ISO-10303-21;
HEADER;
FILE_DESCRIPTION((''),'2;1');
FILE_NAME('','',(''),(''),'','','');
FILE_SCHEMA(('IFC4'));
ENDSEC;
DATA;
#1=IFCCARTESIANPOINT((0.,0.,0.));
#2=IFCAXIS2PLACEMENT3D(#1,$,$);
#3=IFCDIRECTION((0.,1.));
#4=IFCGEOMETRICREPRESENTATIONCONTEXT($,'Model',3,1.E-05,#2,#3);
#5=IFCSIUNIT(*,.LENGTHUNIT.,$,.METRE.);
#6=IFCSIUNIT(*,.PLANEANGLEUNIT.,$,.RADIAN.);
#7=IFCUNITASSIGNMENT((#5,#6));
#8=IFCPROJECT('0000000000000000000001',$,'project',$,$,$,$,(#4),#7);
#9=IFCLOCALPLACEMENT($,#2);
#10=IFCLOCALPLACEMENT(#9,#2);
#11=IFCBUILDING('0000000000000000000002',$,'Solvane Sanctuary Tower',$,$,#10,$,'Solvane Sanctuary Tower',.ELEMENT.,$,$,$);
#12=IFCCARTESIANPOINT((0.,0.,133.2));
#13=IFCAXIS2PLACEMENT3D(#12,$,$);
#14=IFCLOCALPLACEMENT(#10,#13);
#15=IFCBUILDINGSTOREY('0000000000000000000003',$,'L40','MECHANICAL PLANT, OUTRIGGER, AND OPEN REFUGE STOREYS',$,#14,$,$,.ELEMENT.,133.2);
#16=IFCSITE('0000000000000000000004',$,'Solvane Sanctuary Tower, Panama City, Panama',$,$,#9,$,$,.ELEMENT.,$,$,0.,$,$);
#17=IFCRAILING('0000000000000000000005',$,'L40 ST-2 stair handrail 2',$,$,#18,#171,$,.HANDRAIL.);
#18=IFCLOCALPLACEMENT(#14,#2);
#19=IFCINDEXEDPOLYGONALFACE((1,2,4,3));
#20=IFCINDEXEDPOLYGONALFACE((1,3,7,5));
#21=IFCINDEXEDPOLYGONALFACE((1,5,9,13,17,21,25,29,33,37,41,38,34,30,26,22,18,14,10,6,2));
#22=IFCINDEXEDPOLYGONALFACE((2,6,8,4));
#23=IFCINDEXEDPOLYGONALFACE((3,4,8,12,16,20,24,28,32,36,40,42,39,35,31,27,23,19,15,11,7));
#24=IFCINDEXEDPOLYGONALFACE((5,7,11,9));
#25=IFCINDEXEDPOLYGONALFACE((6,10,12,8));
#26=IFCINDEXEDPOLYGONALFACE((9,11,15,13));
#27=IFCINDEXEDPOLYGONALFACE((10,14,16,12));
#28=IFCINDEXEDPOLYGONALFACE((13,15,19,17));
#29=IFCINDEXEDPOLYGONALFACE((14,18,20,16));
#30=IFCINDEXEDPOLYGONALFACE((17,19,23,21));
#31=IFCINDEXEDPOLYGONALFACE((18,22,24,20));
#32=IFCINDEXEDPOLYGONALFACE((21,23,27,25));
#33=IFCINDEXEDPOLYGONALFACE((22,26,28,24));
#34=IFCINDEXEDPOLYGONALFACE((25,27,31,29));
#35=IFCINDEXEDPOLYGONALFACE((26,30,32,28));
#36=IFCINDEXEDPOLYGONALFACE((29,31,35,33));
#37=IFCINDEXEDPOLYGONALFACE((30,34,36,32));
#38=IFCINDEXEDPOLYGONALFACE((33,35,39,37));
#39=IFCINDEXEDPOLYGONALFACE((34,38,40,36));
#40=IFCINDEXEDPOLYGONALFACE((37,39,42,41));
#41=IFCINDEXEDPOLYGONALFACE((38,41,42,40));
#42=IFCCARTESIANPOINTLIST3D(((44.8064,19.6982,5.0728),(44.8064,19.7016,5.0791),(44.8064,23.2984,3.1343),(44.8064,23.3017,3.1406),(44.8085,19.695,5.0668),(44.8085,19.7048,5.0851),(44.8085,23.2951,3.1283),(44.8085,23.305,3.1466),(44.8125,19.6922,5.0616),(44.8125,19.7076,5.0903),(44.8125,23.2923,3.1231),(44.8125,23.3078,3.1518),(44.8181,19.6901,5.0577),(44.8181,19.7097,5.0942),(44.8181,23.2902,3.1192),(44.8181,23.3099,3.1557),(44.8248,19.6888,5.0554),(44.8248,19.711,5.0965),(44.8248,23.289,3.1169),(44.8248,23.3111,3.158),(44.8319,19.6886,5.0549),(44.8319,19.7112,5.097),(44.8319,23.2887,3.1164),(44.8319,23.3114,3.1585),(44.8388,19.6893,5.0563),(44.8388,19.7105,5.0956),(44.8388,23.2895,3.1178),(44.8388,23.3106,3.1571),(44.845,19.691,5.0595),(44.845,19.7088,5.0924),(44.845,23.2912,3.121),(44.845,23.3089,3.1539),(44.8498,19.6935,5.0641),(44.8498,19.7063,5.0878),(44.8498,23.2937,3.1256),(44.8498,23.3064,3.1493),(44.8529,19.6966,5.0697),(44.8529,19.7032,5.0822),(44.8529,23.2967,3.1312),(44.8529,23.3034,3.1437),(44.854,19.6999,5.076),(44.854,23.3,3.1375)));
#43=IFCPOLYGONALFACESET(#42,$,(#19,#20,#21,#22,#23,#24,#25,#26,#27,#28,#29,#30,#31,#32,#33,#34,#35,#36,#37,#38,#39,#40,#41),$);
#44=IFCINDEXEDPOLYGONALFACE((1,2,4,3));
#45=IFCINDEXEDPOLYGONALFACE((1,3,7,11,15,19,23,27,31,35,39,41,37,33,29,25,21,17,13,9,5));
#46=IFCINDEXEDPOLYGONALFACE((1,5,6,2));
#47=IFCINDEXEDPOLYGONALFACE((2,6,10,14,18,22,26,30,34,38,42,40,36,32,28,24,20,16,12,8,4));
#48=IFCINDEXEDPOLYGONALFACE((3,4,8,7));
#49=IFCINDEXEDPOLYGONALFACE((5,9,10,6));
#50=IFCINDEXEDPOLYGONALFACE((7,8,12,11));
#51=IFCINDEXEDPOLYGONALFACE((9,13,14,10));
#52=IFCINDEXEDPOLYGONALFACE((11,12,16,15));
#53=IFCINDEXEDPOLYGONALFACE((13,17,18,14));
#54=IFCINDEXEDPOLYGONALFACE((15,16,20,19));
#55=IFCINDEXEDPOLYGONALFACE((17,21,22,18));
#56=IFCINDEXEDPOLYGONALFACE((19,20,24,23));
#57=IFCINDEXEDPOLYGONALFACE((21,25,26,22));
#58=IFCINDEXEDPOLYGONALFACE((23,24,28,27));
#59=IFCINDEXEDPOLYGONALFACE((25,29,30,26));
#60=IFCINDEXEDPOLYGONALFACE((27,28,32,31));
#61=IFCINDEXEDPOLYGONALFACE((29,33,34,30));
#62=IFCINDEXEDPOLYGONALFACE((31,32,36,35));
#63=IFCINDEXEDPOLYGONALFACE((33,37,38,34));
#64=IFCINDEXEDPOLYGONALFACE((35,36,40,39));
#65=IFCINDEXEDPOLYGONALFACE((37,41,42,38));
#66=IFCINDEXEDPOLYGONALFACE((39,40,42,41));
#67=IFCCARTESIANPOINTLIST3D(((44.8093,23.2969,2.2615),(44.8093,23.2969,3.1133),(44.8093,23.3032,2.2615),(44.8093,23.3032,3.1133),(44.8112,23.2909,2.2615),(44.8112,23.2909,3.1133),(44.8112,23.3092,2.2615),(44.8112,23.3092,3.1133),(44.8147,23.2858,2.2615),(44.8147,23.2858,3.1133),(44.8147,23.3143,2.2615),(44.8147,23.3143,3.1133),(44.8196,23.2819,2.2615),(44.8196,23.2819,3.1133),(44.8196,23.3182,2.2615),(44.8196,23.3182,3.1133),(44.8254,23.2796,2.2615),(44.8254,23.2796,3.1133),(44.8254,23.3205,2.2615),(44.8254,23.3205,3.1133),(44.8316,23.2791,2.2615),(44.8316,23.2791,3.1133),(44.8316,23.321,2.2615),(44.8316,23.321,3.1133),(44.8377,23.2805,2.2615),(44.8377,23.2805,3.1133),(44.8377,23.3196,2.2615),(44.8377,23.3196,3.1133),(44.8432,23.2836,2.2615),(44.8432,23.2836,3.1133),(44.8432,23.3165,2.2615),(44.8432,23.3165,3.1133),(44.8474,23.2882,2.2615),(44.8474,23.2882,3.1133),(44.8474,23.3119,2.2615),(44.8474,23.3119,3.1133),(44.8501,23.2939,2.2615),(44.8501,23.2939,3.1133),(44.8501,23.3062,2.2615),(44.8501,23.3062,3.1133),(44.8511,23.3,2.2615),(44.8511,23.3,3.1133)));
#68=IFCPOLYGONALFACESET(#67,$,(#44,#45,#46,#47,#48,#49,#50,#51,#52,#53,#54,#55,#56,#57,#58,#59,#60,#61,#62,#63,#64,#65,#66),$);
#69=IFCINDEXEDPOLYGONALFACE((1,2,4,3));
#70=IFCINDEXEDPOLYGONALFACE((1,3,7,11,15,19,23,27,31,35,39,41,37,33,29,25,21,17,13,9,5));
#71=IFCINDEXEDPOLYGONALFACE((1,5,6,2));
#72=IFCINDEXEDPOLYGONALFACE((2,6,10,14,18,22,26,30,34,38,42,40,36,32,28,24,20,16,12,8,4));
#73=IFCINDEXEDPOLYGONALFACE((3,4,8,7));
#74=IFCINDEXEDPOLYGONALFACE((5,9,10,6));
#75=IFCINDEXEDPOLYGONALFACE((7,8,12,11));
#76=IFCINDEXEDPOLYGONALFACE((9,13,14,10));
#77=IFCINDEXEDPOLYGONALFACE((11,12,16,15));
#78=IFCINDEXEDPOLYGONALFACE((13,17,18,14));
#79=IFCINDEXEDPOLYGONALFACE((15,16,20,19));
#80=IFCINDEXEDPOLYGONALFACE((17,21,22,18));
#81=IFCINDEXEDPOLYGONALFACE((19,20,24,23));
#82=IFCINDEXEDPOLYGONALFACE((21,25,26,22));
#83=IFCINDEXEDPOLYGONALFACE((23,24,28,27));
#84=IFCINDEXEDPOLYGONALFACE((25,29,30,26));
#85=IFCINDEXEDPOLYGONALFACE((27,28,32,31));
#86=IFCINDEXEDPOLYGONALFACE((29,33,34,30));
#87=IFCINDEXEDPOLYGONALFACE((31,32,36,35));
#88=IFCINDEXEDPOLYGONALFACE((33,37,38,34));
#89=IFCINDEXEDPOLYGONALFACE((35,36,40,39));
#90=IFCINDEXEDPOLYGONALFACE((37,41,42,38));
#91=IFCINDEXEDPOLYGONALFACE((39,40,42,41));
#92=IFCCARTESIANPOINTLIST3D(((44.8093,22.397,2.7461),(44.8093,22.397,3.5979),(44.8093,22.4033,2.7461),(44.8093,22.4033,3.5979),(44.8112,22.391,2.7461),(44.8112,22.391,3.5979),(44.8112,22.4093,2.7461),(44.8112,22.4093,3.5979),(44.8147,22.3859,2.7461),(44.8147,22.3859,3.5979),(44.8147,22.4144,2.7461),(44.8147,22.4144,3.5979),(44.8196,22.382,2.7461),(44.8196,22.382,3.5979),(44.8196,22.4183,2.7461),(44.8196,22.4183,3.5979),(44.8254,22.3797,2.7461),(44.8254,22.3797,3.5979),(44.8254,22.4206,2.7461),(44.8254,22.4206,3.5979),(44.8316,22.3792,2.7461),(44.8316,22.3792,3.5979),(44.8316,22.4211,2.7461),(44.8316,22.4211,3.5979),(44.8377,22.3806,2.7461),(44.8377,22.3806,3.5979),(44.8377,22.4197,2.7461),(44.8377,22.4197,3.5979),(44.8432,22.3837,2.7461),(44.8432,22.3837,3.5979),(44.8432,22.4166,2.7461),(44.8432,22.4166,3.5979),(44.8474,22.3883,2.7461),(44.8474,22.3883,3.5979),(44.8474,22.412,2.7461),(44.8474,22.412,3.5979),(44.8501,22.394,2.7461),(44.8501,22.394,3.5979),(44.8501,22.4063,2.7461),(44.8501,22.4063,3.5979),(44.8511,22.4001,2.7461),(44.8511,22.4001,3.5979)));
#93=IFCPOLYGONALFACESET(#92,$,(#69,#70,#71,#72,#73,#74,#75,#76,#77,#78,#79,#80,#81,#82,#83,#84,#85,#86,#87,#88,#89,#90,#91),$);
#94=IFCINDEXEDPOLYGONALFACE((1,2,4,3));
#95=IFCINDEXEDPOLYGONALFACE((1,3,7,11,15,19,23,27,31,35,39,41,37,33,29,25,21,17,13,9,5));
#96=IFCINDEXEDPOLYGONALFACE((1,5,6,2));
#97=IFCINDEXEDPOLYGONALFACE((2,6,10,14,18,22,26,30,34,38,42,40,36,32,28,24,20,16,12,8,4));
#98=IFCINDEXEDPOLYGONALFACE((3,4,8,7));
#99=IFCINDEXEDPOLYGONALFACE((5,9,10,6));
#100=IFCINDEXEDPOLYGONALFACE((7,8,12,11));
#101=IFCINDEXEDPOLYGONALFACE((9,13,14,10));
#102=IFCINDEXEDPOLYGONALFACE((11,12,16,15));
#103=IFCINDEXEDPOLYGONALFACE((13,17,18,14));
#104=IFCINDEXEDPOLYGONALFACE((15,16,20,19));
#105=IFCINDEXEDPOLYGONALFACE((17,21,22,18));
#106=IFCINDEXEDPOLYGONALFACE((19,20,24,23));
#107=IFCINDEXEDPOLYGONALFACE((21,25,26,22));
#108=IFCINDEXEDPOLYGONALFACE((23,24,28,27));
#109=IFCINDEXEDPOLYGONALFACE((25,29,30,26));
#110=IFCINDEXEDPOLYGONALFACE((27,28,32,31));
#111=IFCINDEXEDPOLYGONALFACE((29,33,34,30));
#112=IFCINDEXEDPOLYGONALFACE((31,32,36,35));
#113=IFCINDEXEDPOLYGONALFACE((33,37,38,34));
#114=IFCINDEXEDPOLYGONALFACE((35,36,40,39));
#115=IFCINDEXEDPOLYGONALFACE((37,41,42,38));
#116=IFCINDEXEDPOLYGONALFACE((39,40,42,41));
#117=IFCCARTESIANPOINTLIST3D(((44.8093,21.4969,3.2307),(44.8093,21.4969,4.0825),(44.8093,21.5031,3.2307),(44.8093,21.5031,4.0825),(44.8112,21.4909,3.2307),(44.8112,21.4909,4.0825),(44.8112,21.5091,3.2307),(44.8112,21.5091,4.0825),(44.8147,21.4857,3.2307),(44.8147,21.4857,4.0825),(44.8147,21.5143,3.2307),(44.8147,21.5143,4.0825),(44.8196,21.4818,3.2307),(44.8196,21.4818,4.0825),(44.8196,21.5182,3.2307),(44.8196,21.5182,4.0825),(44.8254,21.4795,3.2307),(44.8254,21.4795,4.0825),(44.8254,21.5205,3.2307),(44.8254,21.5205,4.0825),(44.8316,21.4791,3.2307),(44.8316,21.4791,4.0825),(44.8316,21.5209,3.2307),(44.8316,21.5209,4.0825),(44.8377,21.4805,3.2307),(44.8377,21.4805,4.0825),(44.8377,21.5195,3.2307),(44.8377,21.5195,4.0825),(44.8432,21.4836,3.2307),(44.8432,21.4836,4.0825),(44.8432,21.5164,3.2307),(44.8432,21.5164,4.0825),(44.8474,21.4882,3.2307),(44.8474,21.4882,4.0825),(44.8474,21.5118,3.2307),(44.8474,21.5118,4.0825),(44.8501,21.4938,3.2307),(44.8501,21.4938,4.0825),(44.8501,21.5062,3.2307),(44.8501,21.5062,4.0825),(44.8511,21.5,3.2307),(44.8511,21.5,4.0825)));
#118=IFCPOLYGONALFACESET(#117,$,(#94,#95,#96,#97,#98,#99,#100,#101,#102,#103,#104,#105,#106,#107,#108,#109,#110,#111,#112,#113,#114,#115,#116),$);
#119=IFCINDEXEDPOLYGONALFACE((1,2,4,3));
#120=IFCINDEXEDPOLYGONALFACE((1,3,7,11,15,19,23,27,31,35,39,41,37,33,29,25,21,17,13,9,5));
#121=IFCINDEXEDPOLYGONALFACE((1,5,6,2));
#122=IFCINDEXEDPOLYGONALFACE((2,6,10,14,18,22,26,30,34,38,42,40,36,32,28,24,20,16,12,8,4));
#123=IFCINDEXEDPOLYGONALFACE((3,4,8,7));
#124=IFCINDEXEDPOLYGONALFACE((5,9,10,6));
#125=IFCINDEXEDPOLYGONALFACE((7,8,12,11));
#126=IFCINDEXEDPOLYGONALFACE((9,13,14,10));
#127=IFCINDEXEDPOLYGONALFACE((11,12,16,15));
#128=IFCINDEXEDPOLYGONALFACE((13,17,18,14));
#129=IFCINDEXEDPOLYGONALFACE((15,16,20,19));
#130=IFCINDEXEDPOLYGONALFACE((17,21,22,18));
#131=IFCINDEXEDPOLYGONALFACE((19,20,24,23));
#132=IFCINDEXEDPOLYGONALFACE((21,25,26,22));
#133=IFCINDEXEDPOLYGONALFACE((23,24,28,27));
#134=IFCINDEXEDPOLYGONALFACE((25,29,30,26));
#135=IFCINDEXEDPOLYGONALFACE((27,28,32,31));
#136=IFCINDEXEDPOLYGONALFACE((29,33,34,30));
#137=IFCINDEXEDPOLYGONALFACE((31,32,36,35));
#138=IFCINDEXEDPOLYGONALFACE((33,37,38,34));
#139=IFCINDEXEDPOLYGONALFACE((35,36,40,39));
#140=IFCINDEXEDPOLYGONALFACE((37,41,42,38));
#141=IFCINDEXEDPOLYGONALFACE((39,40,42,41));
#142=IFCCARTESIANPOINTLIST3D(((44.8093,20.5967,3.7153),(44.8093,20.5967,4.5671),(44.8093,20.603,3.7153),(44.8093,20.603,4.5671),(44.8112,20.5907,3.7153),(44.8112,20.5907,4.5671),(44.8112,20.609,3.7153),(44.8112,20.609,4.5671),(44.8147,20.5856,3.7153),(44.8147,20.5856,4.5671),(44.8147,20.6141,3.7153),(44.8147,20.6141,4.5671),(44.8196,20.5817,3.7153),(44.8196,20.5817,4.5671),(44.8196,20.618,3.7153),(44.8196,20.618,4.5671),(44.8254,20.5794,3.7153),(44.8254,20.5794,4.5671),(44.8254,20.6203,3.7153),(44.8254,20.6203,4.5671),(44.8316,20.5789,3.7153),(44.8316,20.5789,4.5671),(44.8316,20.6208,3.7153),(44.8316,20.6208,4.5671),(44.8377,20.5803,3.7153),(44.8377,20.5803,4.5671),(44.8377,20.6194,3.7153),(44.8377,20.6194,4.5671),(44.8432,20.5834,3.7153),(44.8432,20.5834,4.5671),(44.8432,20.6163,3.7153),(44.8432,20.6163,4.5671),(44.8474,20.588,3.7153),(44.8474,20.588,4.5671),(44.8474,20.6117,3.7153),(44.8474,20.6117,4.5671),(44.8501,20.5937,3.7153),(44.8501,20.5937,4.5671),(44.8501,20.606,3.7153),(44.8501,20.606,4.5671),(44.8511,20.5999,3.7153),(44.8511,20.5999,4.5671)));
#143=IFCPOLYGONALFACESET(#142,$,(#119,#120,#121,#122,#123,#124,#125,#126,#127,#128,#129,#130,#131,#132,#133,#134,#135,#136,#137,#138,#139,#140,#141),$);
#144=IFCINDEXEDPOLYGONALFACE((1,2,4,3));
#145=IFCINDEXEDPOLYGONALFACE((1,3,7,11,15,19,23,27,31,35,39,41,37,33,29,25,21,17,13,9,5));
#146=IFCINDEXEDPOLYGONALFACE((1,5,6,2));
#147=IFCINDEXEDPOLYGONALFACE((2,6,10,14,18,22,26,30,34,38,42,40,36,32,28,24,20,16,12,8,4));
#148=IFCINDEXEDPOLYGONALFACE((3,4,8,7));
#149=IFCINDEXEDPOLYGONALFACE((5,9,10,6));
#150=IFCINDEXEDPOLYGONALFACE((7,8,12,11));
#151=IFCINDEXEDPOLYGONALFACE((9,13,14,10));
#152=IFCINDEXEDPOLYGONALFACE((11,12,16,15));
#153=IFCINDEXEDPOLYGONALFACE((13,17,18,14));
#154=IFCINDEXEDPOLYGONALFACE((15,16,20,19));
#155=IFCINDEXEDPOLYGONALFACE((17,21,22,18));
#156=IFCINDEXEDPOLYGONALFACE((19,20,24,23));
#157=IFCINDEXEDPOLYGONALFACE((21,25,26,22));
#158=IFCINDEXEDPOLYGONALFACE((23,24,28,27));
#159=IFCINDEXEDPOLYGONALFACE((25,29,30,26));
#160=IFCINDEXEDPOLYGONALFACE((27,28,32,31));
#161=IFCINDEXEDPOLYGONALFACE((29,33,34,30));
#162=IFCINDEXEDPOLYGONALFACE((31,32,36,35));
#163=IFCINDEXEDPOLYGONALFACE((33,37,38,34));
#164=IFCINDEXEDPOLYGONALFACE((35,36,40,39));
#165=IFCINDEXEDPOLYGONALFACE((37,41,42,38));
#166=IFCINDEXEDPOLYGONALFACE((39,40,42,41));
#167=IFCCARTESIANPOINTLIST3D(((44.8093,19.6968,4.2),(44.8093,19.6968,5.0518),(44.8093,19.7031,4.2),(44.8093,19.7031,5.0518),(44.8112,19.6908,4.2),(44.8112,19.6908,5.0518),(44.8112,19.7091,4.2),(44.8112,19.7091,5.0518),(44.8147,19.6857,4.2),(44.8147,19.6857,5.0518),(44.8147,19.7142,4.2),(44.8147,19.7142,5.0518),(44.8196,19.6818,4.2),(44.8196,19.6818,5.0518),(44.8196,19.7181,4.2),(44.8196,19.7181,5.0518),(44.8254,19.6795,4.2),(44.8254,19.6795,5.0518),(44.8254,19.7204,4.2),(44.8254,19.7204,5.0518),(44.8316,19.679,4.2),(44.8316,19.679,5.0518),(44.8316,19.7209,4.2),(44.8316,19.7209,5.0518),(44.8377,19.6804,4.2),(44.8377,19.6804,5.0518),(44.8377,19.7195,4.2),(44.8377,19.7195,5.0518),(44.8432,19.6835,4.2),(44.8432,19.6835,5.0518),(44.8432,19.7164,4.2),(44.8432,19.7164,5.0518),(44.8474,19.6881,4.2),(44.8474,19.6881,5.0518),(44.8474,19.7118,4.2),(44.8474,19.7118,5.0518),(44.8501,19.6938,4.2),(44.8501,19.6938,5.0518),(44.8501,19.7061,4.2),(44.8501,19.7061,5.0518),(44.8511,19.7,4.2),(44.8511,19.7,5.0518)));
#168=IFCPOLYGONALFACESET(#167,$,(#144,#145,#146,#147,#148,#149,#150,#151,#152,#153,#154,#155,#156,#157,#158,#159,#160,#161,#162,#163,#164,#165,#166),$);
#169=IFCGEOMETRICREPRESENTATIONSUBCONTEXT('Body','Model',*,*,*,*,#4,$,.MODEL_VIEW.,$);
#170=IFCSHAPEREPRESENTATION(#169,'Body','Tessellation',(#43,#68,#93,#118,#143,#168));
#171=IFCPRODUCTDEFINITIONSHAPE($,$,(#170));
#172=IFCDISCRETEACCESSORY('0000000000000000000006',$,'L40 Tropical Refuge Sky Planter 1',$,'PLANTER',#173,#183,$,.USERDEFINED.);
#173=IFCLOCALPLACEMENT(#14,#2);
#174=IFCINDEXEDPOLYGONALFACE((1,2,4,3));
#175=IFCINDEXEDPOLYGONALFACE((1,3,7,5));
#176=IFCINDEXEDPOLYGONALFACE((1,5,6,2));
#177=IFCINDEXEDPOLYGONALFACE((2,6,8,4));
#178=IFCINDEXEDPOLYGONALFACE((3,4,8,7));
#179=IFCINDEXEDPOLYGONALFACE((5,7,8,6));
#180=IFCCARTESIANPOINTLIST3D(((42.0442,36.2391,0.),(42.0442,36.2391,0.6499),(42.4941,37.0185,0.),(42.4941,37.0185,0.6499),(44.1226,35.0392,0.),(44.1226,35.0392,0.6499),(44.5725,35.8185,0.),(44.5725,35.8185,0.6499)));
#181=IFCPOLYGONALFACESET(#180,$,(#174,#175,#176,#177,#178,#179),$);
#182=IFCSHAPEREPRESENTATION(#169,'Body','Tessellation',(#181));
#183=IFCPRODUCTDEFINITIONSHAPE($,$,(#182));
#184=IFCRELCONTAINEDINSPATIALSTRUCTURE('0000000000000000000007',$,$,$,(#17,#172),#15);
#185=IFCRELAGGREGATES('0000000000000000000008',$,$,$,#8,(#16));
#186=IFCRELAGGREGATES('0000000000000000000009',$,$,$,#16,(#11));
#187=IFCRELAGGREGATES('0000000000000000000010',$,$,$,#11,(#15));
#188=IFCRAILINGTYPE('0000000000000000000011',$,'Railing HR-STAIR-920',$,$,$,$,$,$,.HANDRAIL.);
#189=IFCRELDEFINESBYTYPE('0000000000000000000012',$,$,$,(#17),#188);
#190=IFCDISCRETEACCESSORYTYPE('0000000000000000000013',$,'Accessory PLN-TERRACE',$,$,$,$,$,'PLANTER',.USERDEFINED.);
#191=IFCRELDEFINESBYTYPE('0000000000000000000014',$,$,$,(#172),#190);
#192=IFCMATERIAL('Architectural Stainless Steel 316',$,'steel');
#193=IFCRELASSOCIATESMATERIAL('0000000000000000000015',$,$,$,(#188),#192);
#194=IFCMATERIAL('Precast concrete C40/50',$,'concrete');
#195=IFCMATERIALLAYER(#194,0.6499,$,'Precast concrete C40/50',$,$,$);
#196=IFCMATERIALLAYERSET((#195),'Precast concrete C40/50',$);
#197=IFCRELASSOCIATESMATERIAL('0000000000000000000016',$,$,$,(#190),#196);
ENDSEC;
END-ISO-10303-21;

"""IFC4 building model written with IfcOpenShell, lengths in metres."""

from ifc_helpers import new_model, si_unit, direction, frame, origin, origin_2d, place, context, subcontext, project, spatial, rectangle, circle, extrude, material, layer, layer_set, type_object, element, save


model = new_model("IFC4")

# Units and contexts
model_context = context("Model", 3, precision=1e-05, world=origin(), true_north=direction((0.0, 1.0)))
body_context = subcontext(model_context, "Body", "Model", "MODEL_VIEW")
ifc_project = project(units=[si_unit("LENGTHUNIT", "METRE"), si_unit("PLANEANGLEUNIT", "RADIAN")], contexts=[model_context])

# Site, building, storey
site_placement = place(None, origin())
site = spatial("IfcSite", under=ifc_project, at=site_placement, Name="Solvane Sanctuary Tower, Panama City, Panama", CompositionType="ELEMENT", RefElevation=0.0)
building_placement = place(site_placement, origin())
building = spatial("IfcBuilding", under=site, at=building_placement, Name="Solvane Sanctuary Tower", LongName="Solvane Sanctuary Tower", CompositionType="ELEMENT")
storey_placement = place(building_placement, frame((0.0, 0.0, 133.2)))
storey = spatial("IfcBuildingStorey", under=building, at=storey_placement, Name="L40", Description="MECHANICAL PLANT, OUTRIGGER, AND OPEN REFUGE STOREYS", CompositionType="ELEMENT", Elevation=133.2)

# Shared definitions
ifc_material_1 = material(Name="Architectural Stainless Steel 316", Category="steel")

# Railing
railing_type_1 = type_object("IfcRailingType", Name="Railing HR-STAIR-920", PredefinedType="HANDRAIL", material=ifc_material_1)
railing_1_placement = place(storey_placement, frame((44.8301, 23.3, 2.2615)))
element("IfcRailing", 1, at=railing_1_placement, inside=storey, type_object=railing_type_1, Name="L40 ST-2 stair handrail 2", PredefinedType="HANDRAIL", context=body_context, shape_type="SweptSolid", body=[
    extrude(circle(Radius=0.0239, at=origin_2d()), frame((0.0, 0.0, 0.876), z_axis=(0.0, -0.880475, 0.474093), x_axis=(1.0, 0.0, 0.0)), (0.0, 0.0, 1.0), 4.0889),
    extrude(circle(Radius=0.021, at=origin_2d()), origin(), (0.0, 0.0, 1.0), 0.8518),
    extrude(circle(Radius=0.021, at=origin_2d()), frame((0.0, -0.8999, 0.4846)), (0.0, 0.0, 1.0), 0.8518),
    extrude(circle(Radius=0.021, at=origin_2d()), frame((0.0, -1.8, 0.9692)), (0.0, 0.0, 1.0), 0.8518),
    extrude(circle(Radius=0.021, at=origin_2d()), frame((0.0, -2.7002, 1.4539)), (0.0, 0.0, 1.0), 0.8518),
    extrude(circle(Radius=0.021, at=origin_2d()), frame((0.0, -3.6001, 1.9385)), (0.0, 0.0, 1.0), 0.8518),
])

# Discrete accessory
ifc_material_2 = material(Name="Precast concrete C40/50", Category="concrete")
ifc_layer_1 = layer(ifc_material_2, 0.6499, Name="Precast concrete C40/50")
ifc_layer_set_1 = layer_set([ifc_layer_1], Name="Precast concrete C40/50")
discrete_accessory_type = type_object("IfcDiscreteAccessoryType", Name="Accessory PLN-TERRACE", ElementType="PLANTER", PredefinedType="USERDEFINED", material=ifc_layer_set_1)
discrete_accessory_placement = place(storey_placement, frame((43.3083, 36.0288, 0.0), z_axis=(0.0, 0.0, 1.0), x_axis=(-0.866025, 0.5, 0.0)))
element("IfcDiscreteAccessory", 2, at=discrete_accessory_placement, inside=storey, type_object=discrete_accessory_type, Name="L40 Tropical Refuge Sky Planter 1", ObjectType="PLANTER", PredefinedType="USERDEFINED", context=body_context, shape_type="SweptSolid", body=[
    extrude(rectangle(XDim=2.3999, YDim=0.8999, at=origin_2d()), origin(), (0.0, 0.0, 1.0), 0.6499),
])

save(model, "model.ifc")
